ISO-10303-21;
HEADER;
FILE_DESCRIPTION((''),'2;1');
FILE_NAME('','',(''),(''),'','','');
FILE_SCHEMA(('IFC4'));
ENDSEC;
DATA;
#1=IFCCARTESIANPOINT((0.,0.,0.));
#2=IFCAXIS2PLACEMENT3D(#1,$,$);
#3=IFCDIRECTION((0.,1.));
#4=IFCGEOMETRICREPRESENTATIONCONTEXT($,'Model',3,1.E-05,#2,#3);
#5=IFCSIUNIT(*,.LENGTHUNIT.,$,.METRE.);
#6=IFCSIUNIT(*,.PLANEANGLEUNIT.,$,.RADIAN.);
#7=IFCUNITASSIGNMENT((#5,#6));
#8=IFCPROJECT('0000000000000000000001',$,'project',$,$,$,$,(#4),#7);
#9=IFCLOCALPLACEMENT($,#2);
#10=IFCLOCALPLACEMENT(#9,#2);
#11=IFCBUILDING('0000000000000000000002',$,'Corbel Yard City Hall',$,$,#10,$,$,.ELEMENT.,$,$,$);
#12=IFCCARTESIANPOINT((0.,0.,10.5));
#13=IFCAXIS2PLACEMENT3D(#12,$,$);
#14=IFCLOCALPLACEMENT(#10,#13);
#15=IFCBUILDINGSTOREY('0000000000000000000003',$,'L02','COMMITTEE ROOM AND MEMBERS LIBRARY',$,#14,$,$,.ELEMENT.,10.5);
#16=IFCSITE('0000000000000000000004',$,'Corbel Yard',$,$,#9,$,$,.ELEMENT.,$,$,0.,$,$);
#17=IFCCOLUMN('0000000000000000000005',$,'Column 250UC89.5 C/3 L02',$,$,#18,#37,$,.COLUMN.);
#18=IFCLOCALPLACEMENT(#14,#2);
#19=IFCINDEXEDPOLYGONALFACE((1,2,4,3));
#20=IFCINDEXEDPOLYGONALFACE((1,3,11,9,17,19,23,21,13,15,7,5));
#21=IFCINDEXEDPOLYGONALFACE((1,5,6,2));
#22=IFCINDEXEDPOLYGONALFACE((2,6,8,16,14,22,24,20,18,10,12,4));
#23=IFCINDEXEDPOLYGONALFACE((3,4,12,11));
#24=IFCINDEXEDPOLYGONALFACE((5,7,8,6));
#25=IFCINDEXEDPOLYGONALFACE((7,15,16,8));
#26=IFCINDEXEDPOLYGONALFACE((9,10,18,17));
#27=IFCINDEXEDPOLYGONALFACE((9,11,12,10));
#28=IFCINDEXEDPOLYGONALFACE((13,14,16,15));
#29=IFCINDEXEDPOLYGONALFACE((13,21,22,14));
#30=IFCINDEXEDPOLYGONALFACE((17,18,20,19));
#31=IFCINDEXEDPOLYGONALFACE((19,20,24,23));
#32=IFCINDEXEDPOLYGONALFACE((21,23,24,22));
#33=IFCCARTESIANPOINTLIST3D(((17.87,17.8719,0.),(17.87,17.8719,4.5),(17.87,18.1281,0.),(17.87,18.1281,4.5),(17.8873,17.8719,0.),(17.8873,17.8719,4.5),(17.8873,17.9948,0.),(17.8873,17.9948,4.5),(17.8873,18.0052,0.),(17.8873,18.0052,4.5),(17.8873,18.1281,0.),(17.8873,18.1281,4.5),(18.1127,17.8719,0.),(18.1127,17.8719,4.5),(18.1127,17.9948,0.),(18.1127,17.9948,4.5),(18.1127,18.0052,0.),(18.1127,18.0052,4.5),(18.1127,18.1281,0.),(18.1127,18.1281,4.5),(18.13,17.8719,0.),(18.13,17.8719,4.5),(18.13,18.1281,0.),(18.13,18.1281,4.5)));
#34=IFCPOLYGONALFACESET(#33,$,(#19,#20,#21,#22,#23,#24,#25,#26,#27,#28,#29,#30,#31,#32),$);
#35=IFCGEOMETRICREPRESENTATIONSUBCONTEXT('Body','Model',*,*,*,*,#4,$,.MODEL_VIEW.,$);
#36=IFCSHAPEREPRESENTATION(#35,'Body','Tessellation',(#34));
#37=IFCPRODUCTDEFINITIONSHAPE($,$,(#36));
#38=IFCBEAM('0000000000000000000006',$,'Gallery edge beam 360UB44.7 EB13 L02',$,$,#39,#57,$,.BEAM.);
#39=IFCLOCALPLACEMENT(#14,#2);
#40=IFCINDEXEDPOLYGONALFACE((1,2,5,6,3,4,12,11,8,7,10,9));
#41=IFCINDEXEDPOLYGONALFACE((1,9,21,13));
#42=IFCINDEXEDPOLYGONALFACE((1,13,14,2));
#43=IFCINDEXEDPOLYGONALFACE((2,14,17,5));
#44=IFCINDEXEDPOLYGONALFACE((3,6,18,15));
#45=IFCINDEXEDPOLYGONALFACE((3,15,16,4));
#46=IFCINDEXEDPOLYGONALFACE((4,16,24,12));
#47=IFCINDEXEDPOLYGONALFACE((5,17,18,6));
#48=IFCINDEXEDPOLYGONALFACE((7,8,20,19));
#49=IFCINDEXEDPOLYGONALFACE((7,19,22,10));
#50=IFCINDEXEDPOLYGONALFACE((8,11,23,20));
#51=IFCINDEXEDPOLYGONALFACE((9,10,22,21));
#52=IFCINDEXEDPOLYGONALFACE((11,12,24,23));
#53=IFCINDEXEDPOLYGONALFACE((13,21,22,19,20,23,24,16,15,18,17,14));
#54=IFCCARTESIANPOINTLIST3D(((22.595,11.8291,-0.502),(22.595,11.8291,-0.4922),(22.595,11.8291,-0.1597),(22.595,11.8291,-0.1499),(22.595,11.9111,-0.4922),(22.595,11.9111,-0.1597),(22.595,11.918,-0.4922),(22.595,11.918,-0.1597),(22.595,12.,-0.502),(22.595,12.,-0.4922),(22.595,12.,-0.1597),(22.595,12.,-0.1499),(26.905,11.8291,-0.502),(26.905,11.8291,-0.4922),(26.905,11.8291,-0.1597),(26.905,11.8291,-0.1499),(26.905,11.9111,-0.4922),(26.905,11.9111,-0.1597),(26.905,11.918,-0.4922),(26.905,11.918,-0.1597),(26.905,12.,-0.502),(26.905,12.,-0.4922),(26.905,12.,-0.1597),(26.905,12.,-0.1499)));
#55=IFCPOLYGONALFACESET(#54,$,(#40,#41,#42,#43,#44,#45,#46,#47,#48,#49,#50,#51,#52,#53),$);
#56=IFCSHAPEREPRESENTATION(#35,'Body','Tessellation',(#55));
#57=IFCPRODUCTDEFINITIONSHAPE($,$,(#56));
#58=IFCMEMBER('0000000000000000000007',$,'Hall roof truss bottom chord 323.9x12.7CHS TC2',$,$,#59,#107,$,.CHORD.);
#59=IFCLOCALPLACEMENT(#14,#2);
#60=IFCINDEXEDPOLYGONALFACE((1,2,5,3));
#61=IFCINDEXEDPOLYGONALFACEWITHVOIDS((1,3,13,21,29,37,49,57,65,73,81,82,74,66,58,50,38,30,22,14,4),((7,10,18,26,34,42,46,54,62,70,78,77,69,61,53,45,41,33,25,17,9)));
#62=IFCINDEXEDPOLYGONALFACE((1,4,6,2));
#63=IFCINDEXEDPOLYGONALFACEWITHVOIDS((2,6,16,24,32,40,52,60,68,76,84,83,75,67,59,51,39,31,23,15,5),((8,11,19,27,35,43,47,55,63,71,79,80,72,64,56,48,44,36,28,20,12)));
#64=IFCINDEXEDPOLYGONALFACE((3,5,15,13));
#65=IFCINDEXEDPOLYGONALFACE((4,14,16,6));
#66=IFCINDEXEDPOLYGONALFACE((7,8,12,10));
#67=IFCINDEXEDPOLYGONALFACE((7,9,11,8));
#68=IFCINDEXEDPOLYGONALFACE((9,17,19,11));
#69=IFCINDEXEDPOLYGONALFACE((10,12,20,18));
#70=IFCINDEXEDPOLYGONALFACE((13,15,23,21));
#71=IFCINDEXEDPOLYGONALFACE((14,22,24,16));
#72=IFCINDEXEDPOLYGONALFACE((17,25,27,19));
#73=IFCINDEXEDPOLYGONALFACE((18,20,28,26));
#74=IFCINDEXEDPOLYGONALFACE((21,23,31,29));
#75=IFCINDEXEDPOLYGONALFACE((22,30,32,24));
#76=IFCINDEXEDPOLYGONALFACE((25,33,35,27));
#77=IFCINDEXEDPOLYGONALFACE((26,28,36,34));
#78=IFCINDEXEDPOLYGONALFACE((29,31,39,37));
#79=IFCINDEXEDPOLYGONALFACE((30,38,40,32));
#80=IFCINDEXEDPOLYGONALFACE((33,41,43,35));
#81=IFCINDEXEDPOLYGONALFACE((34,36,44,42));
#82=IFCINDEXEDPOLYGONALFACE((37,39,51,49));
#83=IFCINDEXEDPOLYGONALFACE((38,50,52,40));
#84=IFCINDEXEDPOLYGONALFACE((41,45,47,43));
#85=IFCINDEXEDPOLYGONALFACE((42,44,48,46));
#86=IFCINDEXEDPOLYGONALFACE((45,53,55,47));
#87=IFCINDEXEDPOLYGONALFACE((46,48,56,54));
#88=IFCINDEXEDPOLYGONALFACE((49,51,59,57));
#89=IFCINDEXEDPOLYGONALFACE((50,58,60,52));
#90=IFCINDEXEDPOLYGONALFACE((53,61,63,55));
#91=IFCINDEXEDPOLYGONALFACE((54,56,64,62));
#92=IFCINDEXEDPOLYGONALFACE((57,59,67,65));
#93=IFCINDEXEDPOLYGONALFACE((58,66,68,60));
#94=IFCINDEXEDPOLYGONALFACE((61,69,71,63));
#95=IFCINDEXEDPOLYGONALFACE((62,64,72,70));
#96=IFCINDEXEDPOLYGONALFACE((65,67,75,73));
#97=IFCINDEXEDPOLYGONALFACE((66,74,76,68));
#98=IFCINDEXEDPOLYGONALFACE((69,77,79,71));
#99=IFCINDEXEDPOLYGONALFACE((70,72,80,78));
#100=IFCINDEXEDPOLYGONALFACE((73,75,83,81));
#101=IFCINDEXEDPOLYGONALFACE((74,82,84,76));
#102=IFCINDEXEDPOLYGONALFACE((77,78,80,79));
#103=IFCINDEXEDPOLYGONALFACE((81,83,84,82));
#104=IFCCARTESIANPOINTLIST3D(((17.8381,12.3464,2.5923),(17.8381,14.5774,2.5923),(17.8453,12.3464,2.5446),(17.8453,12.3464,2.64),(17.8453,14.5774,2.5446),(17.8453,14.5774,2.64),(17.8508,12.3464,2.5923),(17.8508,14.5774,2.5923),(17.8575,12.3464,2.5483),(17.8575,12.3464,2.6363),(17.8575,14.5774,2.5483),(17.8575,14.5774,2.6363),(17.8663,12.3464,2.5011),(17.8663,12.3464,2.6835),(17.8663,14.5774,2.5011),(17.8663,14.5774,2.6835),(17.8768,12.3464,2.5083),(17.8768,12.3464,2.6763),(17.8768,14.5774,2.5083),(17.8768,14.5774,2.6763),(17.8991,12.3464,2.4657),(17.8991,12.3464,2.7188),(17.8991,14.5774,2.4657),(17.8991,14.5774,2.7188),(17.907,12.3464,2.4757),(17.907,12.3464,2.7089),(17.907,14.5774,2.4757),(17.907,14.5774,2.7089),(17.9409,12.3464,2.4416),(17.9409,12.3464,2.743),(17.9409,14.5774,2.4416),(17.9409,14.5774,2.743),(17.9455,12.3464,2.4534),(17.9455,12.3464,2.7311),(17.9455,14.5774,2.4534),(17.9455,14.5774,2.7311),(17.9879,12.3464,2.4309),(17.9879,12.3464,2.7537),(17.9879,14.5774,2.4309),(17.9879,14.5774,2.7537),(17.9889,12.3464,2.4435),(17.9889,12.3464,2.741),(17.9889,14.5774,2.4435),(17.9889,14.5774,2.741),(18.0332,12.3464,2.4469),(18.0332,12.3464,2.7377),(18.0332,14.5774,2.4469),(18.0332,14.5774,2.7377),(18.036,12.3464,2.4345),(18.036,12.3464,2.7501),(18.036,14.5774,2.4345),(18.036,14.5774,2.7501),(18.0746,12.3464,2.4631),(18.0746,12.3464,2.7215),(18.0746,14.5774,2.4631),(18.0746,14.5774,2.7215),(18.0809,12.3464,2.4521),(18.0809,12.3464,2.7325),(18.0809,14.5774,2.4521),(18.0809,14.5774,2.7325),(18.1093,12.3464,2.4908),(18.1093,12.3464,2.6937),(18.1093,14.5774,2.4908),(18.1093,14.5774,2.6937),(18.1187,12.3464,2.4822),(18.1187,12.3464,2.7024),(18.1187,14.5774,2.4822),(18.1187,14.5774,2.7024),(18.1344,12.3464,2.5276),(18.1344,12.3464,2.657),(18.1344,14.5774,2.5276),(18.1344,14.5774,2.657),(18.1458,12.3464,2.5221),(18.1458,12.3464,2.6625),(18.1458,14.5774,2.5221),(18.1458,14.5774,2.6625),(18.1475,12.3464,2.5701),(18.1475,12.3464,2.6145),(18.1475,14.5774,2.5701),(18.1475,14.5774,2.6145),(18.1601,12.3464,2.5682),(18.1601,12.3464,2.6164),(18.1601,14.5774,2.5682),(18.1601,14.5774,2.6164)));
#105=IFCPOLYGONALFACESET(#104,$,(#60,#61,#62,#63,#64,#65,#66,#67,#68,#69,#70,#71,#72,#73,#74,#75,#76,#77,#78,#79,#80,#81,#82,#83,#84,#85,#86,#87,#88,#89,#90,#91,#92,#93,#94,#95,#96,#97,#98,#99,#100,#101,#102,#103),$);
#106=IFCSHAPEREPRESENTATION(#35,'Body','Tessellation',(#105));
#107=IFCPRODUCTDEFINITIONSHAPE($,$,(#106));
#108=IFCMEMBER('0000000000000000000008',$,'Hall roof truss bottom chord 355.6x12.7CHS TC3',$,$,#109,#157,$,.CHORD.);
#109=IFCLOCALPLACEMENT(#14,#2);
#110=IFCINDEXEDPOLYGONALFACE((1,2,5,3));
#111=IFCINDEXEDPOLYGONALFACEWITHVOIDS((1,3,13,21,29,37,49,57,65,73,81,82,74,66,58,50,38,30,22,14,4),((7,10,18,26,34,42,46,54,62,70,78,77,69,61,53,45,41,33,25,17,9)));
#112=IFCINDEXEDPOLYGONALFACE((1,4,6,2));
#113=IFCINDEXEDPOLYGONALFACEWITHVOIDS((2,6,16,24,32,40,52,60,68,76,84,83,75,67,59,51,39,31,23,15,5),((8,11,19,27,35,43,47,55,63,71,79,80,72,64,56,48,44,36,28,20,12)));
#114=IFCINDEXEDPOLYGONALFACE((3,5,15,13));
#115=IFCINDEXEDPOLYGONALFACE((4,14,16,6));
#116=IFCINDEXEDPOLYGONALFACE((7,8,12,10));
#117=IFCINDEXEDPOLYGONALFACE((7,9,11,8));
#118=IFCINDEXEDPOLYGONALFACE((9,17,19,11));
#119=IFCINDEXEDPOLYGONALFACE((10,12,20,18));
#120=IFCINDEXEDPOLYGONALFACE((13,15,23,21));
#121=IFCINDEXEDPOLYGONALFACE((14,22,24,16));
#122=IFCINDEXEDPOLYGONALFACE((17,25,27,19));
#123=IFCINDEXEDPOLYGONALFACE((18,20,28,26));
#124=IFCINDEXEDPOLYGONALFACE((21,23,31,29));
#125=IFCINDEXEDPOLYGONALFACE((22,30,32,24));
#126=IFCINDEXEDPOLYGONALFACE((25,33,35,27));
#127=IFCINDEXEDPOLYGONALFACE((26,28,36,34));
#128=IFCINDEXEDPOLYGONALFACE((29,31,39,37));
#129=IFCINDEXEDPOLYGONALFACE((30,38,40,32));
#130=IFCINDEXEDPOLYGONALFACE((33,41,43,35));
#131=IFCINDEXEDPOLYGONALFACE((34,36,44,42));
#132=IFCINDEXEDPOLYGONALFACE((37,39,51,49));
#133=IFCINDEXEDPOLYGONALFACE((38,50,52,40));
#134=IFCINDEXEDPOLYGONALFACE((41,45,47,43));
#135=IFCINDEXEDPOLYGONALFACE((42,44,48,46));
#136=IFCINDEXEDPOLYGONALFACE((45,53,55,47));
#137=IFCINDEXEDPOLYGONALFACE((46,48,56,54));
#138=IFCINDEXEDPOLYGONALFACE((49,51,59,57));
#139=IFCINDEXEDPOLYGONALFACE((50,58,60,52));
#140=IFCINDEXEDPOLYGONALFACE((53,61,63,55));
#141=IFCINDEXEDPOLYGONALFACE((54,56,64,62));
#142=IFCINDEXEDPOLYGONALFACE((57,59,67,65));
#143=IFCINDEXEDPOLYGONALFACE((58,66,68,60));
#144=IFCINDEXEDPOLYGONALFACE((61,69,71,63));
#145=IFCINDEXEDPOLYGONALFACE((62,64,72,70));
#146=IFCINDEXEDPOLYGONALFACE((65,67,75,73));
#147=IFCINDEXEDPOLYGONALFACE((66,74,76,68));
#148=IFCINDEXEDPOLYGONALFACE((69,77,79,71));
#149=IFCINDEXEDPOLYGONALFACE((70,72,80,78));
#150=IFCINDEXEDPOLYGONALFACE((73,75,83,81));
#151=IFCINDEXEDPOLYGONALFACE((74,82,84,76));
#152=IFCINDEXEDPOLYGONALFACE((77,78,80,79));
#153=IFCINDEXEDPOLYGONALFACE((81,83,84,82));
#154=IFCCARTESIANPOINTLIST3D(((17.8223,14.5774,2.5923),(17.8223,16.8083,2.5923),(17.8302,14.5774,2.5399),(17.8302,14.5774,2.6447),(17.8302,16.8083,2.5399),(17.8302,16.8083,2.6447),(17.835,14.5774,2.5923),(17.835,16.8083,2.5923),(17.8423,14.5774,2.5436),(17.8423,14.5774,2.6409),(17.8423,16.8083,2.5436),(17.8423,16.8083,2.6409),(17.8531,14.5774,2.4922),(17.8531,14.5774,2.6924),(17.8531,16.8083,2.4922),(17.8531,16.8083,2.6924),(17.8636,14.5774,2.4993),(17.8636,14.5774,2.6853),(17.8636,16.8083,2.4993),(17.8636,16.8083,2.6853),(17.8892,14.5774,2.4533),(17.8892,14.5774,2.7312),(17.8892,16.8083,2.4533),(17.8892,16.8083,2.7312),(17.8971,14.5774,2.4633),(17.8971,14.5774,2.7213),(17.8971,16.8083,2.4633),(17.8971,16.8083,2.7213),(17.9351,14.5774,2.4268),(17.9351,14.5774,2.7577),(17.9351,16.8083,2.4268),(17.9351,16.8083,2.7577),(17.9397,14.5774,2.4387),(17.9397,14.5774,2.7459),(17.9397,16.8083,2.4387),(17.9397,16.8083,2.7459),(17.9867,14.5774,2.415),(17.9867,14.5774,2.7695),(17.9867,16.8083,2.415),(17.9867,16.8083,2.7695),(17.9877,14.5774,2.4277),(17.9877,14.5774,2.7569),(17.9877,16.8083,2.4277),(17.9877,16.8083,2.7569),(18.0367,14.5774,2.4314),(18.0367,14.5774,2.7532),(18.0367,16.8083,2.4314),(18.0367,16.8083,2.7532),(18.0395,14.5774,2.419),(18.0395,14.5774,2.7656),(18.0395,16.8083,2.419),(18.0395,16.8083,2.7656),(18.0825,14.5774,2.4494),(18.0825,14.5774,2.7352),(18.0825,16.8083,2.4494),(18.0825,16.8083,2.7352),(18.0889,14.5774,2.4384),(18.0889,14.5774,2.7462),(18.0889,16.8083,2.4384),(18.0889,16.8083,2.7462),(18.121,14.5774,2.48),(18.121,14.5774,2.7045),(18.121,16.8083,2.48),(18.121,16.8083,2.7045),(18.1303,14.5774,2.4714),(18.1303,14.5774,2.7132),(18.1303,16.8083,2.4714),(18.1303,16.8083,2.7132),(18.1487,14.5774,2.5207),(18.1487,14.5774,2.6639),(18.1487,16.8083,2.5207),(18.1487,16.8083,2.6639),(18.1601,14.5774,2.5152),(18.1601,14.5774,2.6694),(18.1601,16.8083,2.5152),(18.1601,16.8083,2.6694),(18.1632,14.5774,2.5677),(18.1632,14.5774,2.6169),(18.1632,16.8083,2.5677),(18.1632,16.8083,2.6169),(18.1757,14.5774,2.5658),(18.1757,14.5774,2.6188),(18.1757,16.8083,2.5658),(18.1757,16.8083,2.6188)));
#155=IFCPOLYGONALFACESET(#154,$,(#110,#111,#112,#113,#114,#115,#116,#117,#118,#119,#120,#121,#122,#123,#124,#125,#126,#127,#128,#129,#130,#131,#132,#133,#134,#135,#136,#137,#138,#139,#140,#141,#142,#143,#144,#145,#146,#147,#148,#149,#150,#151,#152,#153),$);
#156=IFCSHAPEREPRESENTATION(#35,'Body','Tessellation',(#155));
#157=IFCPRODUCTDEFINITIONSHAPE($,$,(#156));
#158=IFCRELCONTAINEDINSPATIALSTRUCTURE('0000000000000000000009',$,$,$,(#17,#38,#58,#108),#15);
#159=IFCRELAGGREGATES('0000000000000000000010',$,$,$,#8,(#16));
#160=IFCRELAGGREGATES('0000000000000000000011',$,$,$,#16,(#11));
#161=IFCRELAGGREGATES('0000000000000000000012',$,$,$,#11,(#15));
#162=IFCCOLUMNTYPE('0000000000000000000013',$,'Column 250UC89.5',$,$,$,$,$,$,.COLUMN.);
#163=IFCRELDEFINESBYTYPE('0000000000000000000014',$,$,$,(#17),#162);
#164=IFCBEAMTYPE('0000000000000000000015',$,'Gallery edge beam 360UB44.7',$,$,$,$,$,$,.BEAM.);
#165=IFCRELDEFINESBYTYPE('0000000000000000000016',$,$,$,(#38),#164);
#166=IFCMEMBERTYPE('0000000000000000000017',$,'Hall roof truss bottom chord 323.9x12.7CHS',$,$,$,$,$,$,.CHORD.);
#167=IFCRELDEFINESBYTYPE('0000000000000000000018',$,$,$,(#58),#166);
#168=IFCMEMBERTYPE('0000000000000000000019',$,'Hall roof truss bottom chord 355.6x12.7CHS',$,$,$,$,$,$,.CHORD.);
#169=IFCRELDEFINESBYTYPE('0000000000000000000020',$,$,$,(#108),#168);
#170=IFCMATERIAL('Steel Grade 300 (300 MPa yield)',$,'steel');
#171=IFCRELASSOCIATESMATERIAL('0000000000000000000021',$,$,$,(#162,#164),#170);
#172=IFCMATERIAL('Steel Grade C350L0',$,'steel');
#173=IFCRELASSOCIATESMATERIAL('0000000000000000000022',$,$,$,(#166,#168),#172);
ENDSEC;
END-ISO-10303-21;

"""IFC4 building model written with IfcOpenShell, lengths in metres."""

from ifc_helpers import new_model, si_unit, direction, frame, origin, origin_2d, place, context, subcontext, project, spatial, hollow_circle, i_section, extrude, material, material_profile, profile_set, type_object, element, save


model = new_model("IFC4")

# Units and contexts
model_context = context("Model", 3, precision=1e-05, world=origin(), true_north=direction((0.0, 1.0)))
body_context = subcontext(model_context, "Body", "Model", "MODEL_VIEW")
ifc_project = project(units=[si_unit("LENGTHUNIT", "METRE"), si_unit("PLANEANGLEUNIT", "RADIAN")], contexts=[model_context])

# Site, building, storey
site_placement = place(None, origin())
site = spatial("IfcSite", under=ifc_project, at=site_placement, Name="Corbel Yard", CompositionType="ELEMENT", RefElevation=0.0)
building_placement = place(site_placement, origin())
building = spatial("IfcBuilding", under=site, at=building_placement, Name="Corbel Yard City Hall", CompositionType="ELEMENT")
storey_placement = place(building_placement, frame((0.0, 0.0, 10.5)))
storey = spatial("IfcBuildingStorey", under=building, at=storey_placement, Name="L02", Description="COMMITTEE ROOM AND MEMBERS LIBRARY", CompositionType="ELEMENT", Elevation=10.5)

# Column
ifc_material_1 = material(Name="Steel Grade 300 (300 MPa yield)", Category="steel")
ifc_material_profile_1 = material_profile(ifc_material_1, i_section(OverallWidth=0.2561, OverallDepth=0.26, WebThickness=0.0105, FlangeThickness=0.0173, at=origin_2d()), Name="250UC89.5")
ifc_profile_set_1 = profile_set([ifc_material_profile_1], Name="Steel Grade 300 (300 MPa yield)")
column_type = type_object("IfcColumnType", Name="Column 250UC89.5", PredefinedType="COLUMN", material=ifc_profile_set_1)
column_placement = place(storey_placement, frame((18.0, 18.0, 0.0), z_axis=(0.0, 0.0, 1.0), x_axis=(0.0, 1.0, 0.0)))
element("IfcColumn", 1, at=column_placement, inside=storey, type_object=column_type, Name="Column 250UC89.5 C/3 L02", PredefinedType="COLUMN", context=body_context, shape_type="SweptSolid", body=[
    extrude(i_section(OverallWidth=0.2561, OverallDepth=0.26, WebThickness=0.0105, FlangeThickness=0.0173, at=origin_2d()), origin(), (0.0, 0.0, 1.0), 4.5),
])

# Beam
ifc_material_profile_2 = material_profile(ifc_material_1, i_section(OverallWidth=0.1709, OverallDepth=0.3521, WebThickness=0.0068, FlangeThickness=0.0098, at=origin_2d()), Name="360UB44.7")
ifc_profile_set_2 = profile_set([ifc_material_profile_2], Name="Steel Grade 300 (300 MPa yield)")
beam_type = type_object("IfcBeamType", Name="Gallery edge beam 360UB44.7", PredefinedType="BEAM", material=ifc_profile_set_2)
beam_placement = place(storey_placement, frame((22.595, 11.9146, -0.3259), z_axis=(1.0, 0.0, 0.0), x_axis=(0.0, 1.0, 0.0)))
element("IfcBeam", 2, at=beam_placement, inside=storey, type_object=beam_type, Name="Gallery edge beam 360UB44.7 EB13 L02", PredefinedType="BEAM", context=body_context, shape_type="SweptSolid", body=[
    extrude(i_section(OverallWidth=0.1709, OverallDepth=0.3521, WebThickness=0.0068, FlangeThickness=0.0098, at=origin_2d()), origin(), (0.0, 0.0, 1.0), 4.3101),
])

# Members
ifc_material_2 = material(Name="Steel Grade C350L0", Category="steel")
ifc_material_profile_3 = material_profile(ifc_material_2, hollow_circle(Radius=0.1619, WallThickness=0.0127, at=origin_2d()), Name="323.9x12.7CHS")
ifc_profile_set_3 = profile_set([ifc_material_profile_3], Name="Steel Grade C350L0")
member_type_1 = type_object("IfcMemberType", Name="Hall roof truss bottom chord 323.9x12.7CHS", PredefinedType="CHORD", material=ifc_profile_set_3)
member_1_placement = place(storey_placement, frame((18.0, 12.3464, 2.5923), z_axis=(0.0, 1.0, 0.0), x_axis=(-1.0, 0.0, 0.0)))
element("IfcMember", 3, at=member_1_placement, inside=storey, type_object=member_type_1, Name="Hall roof truss bottom chord 323.9x12.7CHS TC2", PredefinedType="CHORD", context=body_context, shape_type="SweptSolid", body=[
    extrude(hollow_circle(Radius=0.1619, WallThickness=0.0127, at=origin_2d()), origin(), (0.0, 0.0, 1.0), 2.231),
])
ifc_material_profile_4 = material_profile(ifc_material_2, hollow_circle(Radius=0.1777, WallThickness=0.0127, at=origin_2d()), Name="355.6x12.7CHS")
ifc_profile_set_4 = profile_set([ifc_material_profile_4], Name="Steel Grade C350L0")
member_type_2 = type_object("IfcMemberType", Name="Hall roof truss bottom chord 355.6x12.7CHS", PredefinedType="CHORD", material=ifc_profile_set_4)
for number, where, z_axis, x_axis, name in (
    (4, (18.0, 14.5774, 2.5923), (0.0, 1.0, 0.0), (-1.0, 0.0, 0.0), "Hall roof truss bottom chord 355.6x12.7CHS TC3"),
):
    element("IfcMember", number, at=place(storey_placement, frame(where, z_axis=z_axis, x_axis=x_axis)), inside=storey, type_object=member_type_2, Name=name, PredefinedType="CHORD", context=body_context, shape_type="SweptSolid", body=[
        extrude(hollow_circle(Radius=0.1777, WallThickness=0.0127, at=origin_2d()), origin(), (0.0, 0.0, 1.0), 2.231),
    ])

save(model, "model.ifc")
